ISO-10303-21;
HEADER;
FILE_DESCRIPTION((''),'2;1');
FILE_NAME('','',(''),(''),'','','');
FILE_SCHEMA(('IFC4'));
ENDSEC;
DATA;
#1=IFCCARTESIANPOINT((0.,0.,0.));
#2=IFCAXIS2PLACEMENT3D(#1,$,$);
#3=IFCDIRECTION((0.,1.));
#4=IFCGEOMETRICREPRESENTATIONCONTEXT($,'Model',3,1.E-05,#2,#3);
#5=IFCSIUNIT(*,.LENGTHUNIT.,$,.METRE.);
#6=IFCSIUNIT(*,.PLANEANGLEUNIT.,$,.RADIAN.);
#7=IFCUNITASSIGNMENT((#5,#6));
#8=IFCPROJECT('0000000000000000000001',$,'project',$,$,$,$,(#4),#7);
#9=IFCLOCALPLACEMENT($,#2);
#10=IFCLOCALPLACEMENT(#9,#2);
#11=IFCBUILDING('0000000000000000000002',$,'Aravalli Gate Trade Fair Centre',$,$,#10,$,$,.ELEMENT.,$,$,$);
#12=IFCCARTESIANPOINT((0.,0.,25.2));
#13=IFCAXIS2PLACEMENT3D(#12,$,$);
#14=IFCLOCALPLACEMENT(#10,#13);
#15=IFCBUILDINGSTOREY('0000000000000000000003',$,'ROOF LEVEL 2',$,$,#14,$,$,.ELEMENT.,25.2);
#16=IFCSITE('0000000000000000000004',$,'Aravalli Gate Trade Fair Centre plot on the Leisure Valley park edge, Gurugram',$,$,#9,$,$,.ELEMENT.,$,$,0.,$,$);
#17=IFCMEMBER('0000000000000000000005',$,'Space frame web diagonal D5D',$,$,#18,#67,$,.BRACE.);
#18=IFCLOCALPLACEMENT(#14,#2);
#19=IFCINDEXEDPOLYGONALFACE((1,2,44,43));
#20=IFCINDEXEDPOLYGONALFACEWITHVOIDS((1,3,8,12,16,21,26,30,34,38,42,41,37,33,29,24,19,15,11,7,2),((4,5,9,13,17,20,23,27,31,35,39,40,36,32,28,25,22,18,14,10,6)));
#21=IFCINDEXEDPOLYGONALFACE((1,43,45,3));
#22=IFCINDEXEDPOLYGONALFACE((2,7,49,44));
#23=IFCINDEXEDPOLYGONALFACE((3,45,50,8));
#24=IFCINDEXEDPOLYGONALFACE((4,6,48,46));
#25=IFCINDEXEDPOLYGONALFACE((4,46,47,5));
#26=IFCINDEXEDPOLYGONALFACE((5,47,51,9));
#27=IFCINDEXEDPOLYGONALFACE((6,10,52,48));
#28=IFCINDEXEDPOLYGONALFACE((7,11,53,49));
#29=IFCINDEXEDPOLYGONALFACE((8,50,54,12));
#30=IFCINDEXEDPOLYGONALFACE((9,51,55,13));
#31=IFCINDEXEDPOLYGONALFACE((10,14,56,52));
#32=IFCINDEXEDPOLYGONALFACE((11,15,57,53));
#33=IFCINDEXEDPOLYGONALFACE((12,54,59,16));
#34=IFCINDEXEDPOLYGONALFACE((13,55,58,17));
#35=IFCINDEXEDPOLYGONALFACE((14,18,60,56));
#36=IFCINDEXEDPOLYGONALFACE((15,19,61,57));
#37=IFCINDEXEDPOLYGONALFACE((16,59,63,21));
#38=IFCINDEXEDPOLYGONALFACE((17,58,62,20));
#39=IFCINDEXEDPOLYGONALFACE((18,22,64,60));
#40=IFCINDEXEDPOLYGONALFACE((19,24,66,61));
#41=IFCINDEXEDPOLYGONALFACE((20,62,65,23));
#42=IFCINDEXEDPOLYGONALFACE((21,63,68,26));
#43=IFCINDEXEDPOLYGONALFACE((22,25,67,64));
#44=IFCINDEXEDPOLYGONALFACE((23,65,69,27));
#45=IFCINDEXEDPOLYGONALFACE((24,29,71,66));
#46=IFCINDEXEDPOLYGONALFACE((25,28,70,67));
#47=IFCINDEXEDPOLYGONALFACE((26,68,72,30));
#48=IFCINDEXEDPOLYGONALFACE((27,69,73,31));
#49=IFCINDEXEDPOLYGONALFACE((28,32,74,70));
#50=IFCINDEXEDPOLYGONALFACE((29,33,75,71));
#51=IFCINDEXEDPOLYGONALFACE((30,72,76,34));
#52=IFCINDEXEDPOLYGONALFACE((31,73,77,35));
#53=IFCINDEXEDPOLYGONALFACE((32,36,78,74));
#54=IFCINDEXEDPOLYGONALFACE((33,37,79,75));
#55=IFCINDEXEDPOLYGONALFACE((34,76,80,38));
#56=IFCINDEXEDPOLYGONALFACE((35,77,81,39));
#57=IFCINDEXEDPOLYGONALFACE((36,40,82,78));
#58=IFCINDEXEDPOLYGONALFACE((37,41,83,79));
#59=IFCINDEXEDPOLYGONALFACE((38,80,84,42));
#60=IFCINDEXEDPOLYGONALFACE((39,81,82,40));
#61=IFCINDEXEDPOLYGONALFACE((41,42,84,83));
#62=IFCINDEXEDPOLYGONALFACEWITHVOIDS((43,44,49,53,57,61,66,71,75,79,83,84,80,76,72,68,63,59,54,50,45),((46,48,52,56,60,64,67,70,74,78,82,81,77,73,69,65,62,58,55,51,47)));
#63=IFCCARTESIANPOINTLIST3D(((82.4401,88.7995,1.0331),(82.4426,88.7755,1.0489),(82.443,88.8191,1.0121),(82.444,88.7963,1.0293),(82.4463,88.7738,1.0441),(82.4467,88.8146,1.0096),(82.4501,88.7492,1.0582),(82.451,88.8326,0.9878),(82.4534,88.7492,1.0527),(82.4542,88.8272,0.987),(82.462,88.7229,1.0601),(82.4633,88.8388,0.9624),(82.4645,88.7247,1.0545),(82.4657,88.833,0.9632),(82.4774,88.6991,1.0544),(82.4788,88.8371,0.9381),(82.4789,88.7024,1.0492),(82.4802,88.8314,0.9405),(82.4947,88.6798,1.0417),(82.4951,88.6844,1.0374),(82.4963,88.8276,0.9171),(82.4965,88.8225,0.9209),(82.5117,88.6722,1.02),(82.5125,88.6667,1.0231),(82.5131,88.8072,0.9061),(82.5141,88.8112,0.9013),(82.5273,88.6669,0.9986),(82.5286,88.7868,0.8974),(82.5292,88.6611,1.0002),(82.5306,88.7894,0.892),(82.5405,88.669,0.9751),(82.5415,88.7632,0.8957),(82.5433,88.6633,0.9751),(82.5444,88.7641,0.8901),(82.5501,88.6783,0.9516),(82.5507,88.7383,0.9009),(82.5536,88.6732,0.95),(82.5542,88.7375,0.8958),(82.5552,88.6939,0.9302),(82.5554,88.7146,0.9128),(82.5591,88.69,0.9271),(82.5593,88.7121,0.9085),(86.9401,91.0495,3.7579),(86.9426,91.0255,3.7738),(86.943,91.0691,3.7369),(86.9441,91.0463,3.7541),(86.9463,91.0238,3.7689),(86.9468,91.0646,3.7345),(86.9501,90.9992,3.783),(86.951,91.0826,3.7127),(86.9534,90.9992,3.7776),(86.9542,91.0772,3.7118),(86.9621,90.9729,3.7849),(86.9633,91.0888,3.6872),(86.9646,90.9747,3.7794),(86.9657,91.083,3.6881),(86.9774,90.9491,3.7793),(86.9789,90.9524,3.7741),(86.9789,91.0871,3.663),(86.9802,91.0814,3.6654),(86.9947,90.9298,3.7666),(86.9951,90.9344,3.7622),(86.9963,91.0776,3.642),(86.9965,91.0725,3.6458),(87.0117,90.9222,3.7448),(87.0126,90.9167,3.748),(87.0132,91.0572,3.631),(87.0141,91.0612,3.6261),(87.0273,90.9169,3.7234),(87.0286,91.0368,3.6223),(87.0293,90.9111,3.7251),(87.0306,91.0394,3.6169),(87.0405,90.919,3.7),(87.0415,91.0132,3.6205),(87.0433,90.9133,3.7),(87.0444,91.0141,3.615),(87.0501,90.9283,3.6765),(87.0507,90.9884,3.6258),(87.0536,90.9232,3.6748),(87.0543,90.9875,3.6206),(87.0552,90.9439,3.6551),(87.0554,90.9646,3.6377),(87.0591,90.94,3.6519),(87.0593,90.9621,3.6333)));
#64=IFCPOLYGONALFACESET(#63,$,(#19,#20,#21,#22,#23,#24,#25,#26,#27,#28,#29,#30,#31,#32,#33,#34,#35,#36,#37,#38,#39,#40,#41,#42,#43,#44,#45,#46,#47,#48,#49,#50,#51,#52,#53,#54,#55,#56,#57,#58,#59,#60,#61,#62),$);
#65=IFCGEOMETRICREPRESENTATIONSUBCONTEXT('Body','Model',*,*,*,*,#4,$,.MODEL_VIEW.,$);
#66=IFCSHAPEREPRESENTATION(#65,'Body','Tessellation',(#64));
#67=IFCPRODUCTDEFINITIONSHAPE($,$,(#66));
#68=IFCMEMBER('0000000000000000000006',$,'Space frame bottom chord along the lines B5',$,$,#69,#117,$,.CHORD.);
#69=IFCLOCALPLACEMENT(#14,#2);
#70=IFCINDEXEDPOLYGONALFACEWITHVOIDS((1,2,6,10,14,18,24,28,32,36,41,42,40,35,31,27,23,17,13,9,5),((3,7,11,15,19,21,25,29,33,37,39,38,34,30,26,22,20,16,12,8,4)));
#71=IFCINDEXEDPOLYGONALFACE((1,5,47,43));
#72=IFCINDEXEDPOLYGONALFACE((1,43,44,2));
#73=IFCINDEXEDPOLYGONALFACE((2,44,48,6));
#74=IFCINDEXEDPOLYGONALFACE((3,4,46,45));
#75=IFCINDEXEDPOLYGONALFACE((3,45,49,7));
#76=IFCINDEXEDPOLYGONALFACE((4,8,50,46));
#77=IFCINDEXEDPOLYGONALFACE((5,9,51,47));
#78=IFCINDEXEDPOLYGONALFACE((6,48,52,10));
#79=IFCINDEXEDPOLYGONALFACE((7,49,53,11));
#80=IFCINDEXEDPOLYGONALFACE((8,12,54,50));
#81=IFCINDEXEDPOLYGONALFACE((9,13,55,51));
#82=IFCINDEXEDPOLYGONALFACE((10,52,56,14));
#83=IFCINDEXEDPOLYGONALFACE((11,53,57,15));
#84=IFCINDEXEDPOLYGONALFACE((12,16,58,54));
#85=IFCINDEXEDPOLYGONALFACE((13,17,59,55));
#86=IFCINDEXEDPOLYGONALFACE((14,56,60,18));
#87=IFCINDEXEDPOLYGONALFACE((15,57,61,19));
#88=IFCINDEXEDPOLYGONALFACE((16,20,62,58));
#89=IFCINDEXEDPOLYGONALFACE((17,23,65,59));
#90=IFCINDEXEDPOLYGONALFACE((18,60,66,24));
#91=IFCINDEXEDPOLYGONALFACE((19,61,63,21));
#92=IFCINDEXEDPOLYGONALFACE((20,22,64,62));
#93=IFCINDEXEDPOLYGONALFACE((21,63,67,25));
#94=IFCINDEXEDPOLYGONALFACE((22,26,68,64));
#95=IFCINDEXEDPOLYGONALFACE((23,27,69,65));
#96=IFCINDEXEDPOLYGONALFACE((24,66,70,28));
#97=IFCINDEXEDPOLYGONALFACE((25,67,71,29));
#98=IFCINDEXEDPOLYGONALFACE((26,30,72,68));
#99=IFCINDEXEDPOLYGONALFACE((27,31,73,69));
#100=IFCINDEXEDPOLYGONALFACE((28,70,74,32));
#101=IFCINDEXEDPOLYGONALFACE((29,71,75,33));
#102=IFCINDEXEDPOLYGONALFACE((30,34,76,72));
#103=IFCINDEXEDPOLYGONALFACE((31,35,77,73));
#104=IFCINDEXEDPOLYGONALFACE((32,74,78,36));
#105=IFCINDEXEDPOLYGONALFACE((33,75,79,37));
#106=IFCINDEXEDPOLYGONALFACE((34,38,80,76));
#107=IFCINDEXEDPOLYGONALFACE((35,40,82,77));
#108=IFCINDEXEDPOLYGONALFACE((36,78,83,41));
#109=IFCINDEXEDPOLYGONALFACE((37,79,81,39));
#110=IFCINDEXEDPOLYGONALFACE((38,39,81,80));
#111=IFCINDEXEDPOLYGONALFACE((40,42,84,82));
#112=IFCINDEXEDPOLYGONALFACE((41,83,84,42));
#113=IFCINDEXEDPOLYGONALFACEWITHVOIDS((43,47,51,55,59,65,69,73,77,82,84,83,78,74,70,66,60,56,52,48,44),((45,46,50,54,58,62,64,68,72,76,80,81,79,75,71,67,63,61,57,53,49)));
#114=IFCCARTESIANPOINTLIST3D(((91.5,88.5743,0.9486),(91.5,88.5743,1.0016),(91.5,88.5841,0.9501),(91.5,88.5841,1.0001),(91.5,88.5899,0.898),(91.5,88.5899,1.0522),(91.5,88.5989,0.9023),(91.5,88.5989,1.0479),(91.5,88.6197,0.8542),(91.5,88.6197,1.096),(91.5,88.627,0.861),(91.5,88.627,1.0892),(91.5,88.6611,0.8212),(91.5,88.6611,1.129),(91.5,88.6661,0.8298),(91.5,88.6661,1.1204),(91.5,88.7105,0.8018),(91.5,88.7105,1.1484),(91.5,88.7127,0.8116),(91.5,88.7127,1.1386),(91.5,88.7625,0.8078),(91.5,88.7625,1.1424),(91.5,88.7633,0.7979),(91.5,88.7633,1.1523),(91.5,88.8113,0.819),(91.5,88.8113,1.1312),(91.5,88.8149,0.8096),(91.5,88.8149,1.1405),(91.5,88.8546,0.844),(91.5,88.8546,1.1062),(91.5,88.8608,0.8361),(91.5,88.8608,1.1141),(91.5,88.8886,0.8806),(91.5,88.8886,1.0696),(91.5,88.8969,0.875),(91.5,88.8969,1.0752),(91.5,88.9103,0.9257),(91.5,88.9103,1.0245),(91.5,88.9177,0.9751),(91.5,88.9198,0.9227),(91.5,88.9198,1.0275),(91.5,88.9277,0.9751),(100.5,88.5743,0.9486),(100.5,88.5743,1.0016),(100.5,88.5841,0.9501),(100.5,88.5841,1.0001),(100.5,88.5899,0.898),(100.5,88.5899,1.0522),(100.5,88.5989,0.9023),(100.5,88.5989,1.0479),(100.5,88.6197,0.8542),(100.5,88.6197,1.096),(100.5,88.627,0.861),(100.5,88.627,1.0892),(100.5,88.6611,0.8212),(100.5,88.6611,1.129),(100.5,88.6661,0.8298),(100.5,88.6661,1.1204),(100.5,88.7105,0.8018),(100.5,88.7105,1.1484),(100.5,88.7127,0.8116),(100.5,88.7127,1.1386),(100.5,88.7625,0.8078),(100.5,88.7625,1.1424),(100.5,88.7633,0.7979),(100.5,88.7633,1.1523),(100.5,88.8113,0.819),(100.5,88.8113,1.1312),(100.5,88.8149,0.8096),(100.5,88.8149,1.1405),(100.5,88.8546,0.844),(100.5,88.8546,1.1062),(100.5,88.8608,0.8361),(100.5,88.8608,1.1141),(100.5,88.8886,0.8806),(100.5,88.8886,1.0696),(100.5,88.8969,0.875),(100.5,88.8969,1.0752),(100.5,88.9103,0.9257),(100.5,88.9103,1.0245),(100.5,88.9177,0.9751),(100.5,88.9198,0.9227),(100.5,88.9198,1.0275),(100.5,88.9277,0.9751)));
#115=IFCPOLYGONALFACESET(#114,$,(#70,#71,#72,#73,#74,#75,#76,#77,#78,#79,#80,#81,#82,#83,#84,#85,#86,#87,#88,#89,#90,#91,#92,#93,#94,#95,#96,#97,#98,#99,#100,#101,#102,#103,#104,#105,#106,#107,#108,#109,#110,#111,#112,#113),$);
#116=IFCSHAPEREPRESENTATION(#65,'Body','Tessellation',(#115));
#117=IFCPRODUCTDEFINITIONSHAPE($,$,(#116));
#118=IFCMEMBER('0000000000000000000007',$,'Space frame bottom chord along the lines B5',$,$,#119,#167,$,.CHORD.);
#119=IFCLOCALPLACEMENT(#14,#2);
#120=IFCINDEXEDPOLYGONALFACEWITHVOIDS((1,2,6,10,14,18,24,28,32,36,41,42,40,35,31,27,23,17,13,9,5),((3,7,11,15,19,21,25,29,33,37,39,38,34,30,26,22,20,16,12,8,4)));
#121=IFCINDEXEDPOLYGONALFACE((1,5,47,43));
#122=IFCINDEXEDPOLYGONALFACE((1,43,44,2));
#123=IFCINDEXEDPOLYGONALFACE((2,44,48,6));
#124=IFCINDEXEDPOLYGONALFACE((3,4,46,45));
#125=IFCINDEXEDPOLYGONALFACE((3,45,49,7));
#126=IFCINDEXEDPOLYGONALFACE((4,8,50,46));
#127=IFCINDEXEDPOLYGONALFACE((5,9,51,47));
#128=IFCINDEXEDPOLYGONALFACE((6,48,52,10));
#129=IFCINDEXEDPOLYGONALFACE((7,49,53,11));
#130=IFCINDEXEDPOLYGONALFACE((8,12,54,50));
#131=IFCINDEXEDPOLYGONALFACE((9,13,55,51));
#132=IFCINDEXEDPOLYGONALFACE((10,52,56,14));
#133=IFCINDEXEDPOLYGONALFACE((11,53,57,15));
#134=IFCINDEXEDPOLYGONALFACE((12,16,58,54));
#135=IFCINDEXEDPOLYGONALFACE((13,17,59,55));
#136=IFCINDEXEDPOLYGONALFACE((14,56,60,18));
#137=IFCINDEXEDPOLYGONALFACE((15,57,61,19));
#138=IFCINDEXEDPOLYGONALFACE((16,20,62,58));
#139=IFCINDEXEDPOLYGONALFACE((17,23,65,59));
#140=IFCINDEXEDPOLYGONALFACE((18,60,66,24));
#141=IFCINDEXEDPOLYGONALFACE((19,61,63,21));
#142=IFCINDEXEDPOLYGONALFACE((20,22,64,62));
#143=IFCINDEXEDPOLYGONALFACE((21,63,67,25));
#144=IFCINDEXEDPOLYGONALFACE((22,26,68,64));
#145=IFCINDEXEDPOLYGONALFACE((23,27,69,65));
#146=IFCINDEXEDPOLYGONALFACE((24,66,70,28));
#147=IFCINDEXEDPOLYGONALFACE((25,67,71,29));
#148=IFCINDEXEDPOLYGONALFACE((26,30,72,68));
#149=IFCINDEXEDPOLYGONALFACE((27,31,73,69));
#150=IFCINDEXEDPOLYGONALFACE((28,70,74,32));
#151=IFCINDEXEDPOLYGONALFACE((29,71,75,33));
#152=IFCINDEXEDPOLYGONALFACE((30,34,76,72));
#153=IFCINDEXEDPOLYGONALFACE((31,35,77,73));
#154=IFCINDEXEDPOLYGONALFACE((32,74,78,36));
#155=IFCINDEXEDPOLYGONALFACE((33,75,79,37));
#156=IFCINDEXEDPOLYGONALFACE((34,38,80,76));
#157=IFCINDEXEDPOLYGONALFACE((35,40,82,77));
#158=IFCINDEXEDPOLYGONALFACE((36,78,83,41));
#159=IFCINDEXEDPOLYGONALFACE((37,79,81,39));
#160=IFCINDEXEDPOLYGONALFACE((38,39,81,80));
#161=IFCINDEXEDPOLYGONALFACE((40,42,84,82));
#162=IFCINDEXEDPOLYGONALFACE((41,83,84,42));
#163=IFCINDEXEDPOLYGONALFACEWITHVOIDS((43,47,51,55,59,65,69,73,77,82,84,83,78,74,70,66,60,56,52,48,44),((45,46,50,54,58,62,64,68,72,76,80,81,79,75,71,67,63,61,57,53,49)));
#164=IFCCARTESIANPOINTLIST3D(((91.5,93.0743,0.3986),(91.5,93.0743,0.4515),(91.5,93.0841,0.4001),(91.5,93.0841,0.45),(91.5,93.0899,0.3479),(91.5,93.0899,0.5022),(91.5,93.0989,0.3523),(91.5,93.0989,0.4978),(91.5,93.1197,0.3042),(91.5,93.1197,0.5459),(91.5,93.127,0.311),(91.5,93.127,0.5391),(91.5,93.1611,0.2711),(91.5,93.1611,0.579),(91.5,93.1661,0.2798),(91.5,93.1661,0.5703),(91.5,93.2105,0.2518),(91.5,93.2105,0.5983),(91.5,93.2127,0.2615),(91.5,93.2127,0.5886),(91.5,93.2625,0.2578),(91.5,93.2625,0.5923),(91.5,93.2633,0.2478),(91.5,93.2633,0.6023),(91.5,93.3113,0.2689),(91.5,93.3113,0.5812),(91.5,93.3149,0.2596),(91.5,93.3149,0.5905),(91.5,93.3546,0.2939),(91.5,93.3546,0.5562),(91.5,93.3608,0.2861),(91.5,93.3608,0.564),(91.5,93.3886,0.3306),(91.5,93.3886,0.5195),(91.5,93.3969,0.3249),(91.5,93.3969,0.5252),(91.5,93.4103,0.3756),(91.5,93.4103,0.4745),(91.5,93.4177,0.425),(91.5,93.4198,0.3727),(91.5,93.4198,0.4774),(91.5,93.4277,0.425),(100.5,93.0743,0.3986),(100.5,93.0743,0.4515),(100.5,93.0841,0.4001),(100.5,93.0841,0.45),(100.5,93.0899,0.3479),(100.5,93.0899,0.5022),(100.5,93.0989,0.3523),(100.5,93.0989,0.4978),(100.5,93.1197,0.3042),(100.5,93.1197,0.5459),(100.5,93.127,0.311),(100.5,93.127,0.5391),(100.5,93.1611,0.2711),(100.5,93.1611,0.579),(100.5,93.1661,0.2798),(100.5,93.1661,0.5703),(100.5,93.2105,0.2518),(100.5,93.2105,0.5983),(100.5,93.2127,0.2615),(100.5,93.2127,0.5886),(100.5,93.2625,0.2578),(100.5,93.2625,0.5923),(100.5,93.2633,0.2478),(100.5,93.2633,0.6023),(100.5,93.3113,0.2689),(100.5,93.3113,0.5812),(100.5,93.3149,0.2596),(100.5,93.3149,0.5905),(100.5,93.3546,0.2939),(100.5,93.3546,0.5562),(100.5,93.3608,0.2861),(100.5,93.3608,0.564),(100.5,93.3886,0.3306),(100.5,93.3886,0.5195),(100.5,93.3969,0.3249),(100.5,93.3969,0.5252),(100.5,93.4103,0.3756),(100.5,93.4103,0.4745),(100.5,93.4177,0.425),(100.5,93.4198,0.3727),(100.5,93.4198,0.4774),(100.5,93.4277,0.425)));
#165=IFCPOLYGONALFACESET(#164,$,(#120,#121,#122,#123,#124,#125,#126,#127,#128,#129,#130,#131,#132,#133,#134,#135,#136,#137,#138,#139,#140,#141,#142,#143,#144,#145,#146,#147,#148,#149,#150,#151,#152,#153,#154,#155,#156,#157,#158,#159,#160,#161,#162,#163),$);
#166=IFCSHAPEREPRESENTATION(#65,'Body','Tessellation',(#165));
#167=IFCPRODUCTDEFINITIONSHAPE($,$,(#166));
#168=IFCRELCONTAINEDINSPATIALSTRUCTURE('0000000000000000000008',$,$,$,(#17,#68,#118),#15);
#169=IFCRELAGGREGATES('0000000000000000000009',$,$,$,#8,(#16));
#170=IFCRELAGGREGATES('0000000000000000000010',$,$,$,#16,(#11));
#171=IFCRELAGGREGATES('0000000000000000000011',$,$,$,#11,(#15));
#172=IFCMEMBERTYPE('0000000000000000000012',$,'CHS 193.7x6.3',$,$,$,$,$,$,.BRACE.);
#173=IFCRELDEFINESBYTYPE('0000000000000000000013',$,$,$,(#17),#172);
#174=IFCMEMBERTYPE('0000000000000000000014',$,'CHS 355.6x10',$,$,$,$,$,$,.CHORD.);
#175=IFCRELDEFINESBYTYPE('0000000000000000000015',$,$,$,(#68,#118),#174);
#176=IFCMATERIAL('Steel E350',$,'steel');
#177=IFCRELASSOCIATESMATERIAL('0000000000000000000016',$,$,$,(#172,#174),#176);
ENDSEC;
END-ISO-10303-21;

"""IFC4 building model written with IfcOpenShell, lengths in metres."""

from ifc_helpers import new_model, si_unit, direction, frame, origin, origin_2d, place, context, subcontext, project, spatial, hollow_circle, extrude, material, material_profile, profile_set, type_object, element, save


model = new_model("IFC4")

# Units and contexts
model_context = context("Model", 3, precision=1e-05, world=origin(), true_north=direction((0.0, 1.0)))
body_context = subcontext(model_context, "Body", "Model", "MODEL_VIEW")
ifc_project = project(units=[si_unit("LENGTHUNIT", "METRE"), si_unit("PLANEANGLEUNIT", "RADIAN")], contexts=[model_context])

# Site, building, storey
site_placement = place(None, origin())
site = spatial("IfcSite", under=ifc_project, at=site_placement, Name="Aravalli Gate Trade Fair Centre plot on the Leisure Valley park edge, Gurugram", CompositionType="ELEMENT", RefElevation=0.0)
building_placement = place(site_placement, origin())
building = spatial("IfcBuilding", under=site, at=building_placement, Name="Aravalli Gate Trade Fair Centre", CompositionType="ELEMENT")
storey_placement = place(building_placement, frame((0.0, 0.0, 25.2)))
storey = spatial("IfcBuildingStorey", under=building, at=storey_placement, Name="ROOF LEVEL 2", CompositionType="ELEMENT", Elevation=25.2)

# Members
ifc_material = material(Name="Steel E350", Category="steel")
ifc_material_profile_1 = material_profile(ifc_material, hollow_circle(Radius=0.0969, WallThickness=0.0063, at=origin_2d()), Name="CHS 193.7x6.3")
ifc_profile_set_1 = profile_set([ifc_material_profile_1], Name="Steel E350")
member_type_1 = type_object("IfcMemberType", Name="CHS 193.7x6.3", PredefinedType="BRACE", material=ifc_profile_set_1)
for number, where, z_axis, x_axis, name in (
    (1, (87.0, 91.0, 3.7), (-0.786486, -0.393243, -0.476235), (0.447214, -0.894427, 0.0), "Space frame web diagonal D5D"),
):
    element("IfcMember", number, at=place(storey_placement, frame(where, z_axis=z_axis, x_axis=x_axis)), inside=storey, type_object=member_type_1, Name=name, PredefinedType="BRACE", context=body_context, shape_type="SweptSolid", body=[
        extrude(hollow_circle(Radius=0.0969, WallThickness=0.0063, at=origin_2d()), origin(), (0.0, 0.0, 1.0), 5.7217),
    ])
ifc_material_profile_2 = material_profile(ifc_material, hollow_circle(Radius=0.1777, WallThickness=0.01, at=origin_2d()), Name="CHS 355.6x10")
ifc_profile_set_2 = profile_set([ifc_material_profile_2], Name="Steel E350")
member_type_2 = type_object("IfcMemberType", Name="CHS 355.6x10", PredefinedType="CHORD", material=ifc_profile_set_2)
for number, where, z_axis, x_axis, name in (
    (2, (91.5, 88.75, 0.9751), (1.0, 0.0, 0.0), (0.0, 1.0, 0.0), "Space frame bottom chord along the lines B5"),
    (3, (91.5, 93.25, 0.425), (1.0, 0.0, 0.0), (0.0, 1.0, 0.0), "Space frame bottom chord along the lines B5"),
):
    element("IfcMember", number, at=place(storey_placement, frame(where, z_axis=z_axis, x_axis=x_axis)), inside=storey, type_object=member_type_2, Name=name, PredefinedType="CHORD", context=body_context, shape_type="SweptSolid", body=[
        extrude(hollow_circle(Radius=0.1777, WallThickness=0.01, at=origin_2d()), origin(), (0.0, 0.0, 1.0), 9.0),
    ])

save(model, "model.ifc")
